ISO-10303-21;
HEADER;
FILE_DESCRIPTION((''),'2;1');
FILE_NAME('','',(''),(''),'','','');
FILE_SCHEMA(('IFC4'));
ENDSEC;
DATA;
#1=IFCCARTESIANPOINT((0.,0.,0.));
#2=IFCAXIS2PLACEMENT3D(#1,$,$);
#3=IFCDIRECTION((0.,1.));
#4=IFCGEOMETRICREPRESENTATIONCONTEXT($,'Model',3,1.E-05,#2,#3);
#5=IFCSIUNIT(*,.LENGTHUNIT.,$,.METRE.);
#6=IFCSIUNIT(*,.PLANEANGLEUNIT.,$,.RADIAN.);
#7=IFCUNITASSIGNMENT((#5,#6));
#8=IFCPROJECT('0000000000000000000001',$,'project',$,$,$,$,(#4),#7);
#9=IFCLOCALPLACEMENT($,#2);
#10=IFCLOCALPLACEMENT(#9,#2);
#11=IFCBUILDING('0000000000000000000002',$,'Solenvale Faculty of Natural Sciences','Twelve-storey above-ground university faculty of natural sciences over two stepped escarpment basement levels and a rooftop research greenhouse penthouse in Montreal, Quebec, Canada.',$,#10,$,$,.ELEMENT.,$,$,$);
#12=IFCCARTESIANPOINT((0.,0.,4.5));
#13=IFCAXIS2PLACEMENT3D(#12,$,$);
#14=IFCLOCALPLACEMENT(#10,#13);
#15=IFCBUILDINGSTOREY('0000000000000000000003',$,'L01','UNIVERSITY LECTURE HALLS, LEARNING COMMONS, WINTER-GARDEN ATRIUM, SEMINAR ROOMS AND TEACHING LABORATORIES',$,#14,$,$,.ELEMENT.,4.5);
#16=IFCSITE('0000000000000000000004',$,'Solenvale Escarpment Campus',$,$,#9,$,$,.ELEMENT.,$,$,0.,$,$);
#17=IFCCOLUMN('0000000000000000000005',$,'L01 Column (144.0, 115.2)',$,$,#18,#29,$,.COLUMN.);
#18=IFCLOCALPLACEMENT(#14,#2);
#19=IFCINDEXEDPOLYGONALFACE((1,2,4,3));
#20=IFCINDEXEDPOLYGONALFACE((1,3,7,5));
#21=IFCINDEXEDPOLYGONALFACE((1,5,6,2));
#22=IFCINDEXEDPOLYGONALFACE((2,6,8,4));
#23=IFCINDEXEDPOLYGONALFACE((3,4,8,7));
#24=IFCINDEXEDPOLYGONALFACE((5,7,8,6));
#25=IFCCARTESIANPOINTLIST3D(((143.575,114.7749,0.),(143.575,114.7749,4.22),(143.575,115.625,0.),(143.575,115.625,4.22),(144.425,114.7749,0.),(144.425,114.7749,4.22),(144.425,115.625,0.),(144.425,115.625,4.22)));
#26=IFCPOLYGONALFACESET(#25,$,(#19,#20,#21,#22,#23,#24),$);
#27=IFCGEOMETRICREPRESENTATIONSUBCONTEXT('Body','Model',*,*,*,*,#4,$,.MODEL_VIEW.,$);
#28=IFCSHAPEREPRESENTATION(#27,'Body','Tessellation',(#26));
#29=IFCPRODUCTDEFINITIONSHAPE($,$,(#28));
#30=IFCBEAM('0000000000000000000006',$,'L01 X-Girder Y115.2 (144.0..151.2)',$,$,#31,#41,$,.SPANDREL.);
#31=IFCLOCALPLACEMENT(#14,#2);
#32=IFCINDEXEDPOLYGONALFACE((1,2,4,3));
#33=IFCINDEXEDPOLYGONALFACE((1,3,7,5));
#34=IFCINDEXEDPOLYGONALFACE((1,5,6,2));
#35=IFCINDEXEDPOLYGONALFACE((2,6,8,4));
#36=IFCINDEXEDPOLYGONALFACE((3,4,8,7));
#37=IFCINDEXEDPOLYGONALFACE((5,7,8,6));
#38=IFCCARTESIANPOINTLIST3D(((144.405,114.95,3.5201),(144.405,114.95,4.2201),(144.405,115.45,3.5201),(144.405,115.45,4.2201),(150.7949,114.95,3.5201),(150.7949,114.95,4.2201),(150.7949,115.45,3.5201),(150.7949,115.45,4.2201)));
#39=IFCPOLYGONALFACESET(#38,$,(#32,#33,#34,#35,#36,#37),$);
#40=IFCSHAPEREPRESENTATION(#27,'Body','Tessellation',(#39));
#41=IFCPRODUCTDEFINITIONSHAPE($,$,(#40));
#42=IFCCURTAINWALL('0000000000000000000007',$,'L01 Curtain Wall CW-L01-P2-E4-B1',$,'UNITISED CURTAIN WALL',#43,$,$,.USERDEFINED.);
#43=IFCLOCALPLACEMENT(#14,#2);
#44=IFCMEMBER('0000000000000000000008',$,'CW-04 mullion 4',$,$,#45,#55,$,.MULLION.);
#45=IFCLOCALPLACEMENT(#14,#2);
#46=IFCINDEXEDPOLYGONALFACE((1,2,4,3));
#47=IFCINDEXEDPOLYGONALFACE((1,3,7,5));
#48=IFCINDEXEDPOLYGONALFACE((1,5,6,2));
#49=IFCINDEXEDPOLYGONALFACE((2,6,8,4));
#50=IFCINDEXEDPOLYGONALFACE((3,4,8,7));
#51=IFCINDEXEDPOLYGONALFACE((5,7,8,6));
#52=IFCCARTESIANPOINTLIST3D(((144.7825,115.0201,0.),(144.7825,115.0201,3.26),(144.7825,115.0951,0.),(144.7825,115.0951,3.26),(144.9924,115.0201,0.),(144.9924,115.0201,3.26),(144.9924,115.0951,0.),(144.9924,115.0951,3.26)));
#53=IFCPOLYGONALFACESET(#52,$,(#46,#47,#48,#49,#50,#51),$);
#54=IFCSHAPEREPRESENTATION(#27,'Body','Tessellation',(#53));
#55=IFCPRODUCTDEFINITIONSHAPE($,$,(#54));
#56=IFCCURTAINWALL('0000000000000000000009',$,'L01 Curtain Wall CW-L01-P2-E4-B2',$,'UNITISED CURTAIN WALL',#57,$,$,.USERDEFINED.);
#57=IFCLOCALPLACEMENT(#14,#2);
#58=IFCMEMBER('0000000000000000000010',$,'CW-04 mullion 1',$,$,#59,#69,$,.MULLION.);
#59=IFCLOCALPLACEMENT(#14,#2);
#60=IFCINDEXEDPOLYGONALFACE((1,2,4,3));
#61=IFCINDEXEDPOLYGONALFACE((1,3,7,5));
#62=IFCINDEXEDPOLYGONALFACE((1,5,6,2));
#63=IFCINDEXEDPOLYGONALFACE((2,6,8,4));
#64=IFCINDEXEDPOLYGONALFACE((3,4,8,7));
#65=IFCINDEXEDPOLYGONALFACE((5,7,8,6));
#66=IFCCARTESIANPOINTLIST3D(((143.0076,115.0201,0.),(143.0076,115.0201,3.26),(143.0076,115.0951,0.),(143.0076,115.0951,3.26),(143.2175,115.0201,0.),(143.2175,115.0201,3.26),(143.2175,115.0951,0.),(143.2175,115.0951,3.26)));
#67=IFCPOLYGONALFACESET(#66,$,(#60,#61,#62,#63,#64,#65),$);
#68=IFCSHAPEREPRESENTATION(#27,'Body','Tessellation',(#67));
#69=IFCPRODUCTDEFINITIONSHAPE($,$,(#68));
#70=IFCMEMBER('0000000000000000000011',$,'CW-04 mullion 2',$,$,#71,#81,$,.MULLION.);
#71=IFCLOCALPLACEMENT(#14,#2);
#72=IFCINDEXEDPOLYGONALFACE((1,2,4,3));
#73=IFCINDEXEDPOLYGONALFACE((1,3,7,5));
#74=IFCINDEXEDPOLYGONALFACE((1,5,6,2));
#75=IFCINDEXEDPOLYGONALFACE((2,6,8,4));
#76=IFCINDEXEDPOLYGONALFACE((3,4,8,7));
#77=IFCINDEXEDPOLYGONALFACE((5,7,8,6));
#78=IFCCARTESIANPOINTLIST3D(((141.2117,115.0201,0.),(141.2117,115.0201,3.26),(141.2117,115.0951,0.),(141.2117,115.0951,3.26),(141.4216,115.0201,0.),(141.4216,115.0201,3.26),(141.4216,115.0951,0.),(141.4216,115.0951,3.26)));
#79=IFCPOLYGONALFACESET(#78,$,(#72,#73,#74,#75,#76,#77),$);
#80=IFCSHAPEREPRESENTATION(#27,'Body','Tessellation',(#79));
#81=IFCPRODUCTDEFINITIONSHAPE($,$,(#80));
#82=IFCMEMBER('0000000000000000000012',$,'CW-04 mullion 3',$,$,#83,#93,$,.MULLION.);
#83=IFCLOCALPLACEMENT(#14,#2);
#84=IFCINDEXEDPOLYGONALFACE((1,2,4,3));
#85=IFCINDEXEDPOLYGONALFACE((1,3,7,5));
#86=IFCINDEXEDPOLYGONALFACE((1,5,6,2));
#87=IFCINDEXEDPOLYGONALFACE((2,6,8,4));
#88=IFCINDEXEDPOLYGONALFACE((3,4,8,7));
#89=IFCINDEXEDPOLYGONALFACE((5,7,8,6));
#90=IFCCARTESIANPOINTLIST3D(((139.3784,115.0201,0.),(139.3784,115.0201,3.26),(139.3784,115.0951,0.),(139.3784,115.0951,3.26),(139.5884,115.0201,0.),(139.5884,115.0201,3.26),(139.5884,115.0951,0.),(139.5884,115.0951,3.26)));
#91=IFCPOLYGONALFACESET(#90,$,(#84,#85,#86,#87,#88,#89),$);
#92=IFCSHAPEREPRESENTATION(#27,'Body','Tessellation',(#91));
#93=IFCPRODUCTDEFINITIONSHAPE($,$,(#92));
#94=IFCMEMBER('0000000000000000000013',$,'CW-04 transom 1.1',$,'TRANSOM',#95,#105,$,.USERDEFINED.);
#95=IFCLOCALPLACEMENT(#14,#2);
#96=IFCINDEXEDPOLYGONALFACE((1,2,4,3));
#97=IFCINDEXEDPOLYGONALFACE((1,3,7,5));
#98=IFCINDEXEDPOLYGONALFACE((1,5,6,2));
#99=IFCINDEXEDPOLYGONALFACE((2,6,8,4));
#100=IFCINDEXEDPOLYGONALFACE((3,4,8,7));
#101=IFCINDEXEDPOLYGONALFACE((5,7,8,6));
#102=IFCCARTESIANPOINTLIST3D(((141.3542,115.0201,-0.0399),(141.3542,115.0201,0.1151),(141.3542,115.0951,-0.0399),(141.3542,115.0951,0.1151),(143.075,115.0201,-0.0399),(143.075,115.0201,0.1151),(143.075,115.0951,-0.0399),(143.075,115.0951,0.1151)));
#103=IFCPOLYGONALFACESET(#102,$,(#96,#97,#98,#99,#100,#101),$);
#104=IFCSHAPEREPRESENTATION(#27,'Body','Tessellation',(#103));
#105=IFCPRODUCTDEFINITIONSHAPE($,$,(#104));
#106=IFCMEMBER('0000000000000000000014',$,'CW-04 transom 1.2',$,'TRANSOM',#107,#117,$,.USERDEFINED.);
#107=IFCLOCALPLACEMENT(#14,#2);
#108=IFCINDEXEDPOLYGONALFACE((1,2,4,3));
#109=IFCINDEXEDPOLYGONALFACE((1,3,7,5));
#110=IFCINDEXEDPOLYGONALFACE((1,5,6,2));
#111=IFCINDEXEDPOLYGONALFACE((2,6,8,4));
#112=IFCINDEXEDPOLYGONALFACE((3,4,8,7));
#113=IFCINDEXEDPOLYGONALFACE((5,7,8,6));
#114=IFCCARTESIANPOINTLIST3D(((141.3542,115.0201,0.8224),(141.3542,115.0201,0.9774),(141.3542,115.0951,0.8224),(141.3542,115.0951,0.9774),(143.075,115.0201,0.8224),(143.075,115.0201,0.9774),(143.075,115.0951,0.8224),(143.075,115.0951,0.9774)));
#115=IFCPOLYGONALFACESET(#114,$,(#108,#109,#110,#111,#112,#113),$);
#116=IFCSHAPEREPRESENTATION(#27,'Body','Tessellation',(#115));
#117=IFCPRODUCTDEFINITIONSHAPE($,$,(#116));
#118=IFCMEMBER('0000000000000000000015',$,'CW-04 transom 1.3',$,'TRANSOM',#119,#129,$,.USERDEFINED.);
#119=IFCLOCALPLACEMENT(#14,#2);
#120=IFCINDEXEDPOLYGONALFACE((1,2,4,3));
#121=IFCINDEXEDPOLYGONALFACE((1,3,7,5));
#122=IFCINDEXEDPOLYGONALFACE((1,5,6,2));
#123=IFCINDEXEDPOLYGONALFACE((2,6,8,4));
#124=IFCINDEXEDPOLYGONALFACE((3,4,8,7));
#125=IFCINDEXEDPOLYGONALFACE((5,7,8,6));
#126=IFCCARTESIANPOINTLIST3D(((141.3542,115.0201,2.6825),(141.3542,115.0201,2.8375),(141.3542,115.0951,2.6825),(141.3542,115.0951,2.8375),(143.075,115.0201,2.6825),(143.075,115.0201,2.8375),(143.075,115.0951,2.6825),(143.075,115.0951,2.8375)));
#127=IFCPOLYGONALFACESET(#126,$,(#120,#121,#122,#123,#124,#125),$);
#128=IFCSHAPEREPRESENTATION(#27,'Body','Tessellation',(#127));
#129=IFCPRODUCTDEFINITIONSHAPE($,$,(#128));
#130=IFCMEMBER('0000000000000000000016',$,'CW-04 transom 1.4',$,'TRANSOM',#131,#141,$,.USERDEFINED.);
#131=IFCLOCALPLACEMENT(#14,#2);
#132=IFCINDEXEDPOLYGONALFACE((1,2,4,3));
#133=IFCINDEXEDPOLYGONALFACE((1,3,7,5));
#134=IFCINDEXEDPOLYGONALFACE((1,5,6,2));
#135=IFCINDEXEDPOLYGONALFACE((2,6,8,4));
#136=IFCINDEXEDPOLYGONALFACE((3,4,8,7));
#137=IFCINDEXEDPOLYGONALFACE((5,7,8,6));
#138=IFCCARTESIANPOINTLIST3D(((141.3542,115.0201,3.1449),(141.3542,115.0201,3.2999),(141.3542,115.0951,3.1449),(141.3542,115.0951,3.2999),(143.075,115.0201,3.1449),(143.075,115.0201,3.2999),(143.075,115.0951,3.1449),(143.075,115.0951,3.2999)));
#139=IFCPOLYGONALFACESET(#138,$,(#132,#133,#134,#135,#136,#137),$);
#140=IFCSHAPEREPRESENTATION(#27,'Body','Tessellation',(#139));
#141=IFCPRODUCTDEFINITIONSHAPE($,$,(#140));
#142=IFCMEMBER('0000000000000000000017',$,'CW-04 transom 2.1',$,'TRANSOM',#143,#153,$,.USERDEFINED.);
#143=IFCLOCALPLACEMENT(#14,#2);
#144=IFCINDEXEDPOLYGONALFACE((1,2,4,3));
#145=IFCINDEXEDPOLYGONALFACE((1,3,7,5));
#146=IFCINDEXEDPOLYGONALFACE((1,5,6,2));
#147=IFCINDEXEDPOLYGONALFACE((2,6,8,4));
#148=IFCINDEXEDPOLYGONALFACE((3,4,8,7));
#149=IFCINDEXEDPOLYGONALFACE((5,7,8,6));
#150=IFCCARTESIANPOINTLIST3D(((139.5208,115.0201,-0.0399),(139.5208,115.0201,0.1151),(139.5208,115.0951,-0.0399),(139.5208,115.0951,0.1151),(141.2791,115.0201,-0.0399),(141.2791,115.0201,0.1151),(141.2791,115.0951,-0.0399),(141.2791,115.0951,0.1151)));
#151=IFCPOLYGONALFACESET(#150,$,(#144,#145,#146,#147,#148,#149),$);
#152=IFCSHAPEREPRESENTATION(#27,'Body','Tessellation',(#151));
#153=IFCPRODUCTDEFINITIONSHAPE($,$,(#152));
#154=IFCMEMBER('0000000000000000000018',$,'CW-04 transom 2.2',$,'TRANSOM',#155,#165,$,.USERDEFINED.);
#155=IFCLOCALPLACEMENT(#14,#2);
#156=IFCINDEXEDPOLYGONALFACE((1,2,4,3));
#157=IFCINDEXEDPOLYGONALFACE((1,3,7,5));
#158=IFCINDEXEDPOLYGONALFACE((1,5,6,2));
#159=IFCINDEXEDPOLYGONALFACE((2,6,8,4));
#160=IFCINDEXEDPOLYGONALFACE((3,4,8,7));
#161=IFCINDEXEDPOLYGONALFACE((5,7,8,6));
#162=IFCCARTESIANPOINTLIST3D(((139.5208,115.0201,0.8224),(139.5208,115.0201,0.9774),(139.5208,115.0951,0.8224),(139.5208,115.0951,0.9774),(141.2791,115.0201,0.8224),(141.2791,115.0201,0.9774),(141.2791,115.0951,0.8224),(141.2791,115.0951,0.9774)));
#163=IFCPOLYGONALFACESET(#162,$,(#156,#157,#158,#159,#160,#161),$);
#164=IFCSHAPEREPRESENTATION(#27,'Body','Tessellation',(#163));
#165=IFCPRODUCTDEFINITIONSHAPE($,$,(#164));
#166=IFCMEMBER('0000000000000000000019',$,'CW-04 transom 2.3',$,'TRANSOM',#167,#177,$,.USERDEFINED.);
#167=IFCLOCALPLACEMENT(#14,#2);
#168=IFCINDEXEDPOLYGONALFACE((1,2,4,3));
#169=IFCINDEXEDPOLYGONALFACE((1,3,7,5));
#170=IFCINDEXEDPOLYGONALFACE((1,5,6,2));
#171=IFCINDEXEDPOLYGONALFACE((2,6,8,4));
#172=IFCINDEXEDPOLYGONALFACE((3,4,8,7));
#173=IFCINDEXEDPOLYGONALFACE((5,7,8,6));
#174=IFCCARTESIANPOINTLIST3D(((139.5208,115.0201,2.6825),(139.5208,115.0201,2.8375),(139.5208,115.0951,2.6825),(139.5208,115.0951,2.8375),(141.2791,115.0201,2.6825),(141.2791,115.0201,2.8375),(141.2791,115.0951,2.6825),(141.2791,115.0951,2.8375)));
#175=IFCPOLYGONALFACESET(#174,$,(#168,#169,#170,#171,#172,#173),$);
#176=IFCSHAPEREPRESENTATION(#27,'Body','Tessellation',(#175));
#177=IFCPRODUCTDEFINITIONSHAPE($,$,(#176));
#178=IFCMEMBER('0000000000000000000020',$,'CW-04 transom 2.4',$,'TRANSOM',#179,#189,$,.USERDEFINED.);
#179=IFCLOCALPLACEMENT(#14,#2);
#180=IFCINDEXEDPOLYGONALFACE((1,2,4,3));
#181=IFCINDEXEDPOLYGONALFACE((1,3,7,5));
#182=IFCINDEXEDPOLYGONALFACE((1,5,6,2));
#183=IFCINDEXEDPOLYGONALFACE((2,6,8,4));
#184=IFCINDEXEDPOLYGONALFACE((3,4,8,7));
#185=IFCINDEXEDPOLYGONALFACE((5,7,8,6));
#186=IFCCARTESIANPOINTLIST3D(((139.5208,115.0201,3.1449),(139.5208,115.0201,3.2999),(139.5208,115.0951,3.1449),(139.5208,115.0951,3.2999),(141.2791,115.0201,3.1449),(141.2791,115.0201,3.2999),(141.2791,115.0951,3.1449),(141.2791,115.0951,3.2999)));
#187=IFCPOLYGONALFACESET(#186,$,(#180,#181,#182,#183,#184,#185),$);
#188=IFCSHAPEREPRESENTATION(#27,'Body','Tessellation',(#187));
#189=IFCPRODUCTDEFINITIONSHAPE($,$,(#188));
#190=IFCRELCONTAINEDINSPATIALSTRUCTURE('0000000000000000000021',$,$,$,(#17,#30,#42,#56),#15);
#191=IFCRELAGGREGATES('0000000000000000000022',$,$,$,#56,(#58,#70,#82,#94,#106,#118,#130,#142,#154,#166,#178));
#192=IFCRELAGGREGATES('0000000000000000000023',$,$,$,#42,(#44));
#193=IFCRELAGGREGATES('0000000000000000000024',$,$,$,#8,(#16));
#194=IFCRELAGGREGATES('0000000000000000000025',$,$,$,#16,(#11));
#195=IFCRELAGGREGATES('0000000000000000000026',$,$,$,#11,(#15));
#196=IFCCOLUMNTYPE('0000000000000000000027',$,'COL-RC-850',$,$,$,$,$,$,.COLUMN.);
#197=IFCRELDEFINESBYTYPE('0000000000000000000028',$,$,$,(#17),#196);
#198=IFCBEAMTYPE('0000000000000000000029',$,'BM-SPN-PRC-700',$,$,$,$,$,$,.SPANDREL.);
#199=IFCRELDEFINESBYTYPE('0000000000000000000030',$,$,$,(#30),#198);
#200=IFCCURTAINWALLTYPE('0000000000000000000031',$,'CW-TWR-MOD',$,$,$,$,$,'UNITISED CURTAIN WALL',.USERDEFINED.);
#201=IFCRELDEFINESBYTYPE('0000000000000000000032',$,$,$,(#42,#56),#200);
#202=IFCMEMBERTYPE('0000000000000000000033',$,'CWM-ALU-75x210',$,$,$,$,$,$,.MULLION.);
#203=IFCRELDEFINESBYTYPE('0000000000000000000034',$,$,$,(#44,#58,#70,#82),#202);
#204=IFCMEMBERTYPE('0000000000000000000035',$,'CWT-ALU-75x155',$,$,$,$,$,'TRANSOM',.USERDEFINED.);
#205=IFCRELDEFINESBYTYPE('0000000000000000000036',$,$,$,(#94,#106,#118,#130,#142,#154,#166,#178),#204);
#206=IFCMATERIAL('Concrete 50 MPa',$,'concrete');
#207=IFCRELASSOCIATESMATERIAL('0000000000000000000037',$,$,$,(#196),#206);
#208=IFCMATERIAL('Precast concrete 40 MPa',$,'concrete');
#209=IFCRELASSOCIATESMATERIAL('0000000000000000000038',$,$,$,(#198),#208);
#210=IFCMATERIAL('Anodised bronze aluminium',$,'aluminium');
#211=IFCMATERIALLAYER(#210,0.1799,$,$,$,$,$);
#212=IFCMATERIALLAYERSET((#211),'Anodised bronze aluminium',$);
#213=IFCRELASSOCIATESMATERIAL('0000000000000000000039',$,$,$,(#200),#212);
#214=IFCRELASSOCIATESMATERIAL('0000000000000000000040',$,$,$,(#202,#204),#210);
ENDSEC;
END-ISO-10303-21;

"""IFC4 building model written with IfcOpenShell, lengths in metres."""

from ifc_helpers import new_model, si_unit, direction, frame, origin, origin_2d, place, context, subcontext, project, spatial, rectangle, extrude, material, layer, layer_set, material_profile, profile_set, type_object, element, aggregate, save


model = new_model("IFC4")

# Units and contexts
model_context = context("Model", 3, precision=1e-05, world=origin(), true_north=direction((0.0, 1.0)))
body_context = subcontext(model_context, "Body", "Model", "MODEL_VIEW")
ifc_project = project(units=[si_unit("LENGTHUNIT", "METRE"), si_unit("PLANEANGLEUNIT", "RADIAN")], contexts=[model_context])

# Site, building, storey
site_placement = place(None, origin())
site = spatial("IfcSite", under=ifc_project, at=site_placement, Name="Solenvale Escarpment Campus", CompositionType="ELEMENT", RefElevation=0.0)
building_placement = place(site_placement, origin())
building = spatial("IfcBuilding", under=site, at=building_placement, Name="Solenvale Faculty of Natural Sciences", Description="Twelve-storey above-ground university faculty of natural sciences over two stepped escarpment basement levels and a rooftop research greenhouse penthouse in Montreal, Quebec, Canada.", CompositionType="ELEMENT")
storey_placement = place(building_placement, frame((0.0, 0.0, 4.5)))
storey = spatial("IfcBuildingStorey", under=building, at=storey_placement, Name="L01", Description="UNIVERSITY LECTURE HALLS, LEARNING COMMONS, WINTER-GARDEN ATRIUM, SEMINAR ROOMS AND TEACHING LABORATORIES", CompositionType="ELEMENT", Elevation=4.5)

# Column
ifc_material_1 = material(Name="Concrete 50 MPa", Category="concrete")
ifc_material_profile_1 = material_profile(ifc_material_1, rectangle(XDim=0.8501, YDim=0.8501, at=origin_2d()), Name="RC-COL-850x850")
ifc_profile_set_1 = profile_set([ifc_material_profile_1], Name="Concrete 50 MPa")
column_type = type_object("IfcColumnType", Name="COL-RC-850", PredefinedType="COLUMN", material=ifc_profile_set_1)
column_placement = place(storey_placement, frame((144.0, 115.2, 0.0), z_axis=(0.0, 0.0, 1.0), x_axis=(1.0, 0.0, 0.0)))
element("IfcColumn", 1, at=column_placement, inside=storey, type_object=column_type, Name="L01 Column (144.0, 115.2)", PredefinedType="COLUMN", context=body_context, shape_type="SweptSolid", body=[
    extrude(rectangle(XDim=0.8501, YDim=0.8501, at=origin_2d()), origin(), (0.0, 0.0, 1.0), 4.22),
])

# Beam
ifc_material_2 = material(Name="Precast concrete 40 MPa", Category="concrete")
ifc_material_profile_2 = material_profile(ifc_material_2, rectangle(XDim=0.5, YDim=0.7, at=origin_2d()), Name="RC-BM-500x700")
ifc_profile_set_2 = profile_set([ifc_material_profile_2], Name="Precast concrete 40 MPa")
beam_type = type_object("IfcBeamType", Name="BM-SPN-PRC-700", PredefinedType="SPANDREL", material=ifc_profile_set_2)
beam_placement = place(storey_placement, frame((144.405, 115.2, 3.8701), z_axis=(1.0, 0.0, 0.0), x_axis=(0.0, 1.0, 0.0)))
element("IfcBeam", 2, at=beam_placement, inside=storey, type_object=beam_type, Name="L01 X-Girder Y115.2 (144.0..151.2)", PredefinedType="SPANDREL", context=body_context, shape_type="SweptSolid", body=[
    extrude(rectangle(XDim=0.5, YDim=0.7, at=origin_2d()), origin(), (0.0, 0.0, 1.0), 6.3899),
])

# Curtain wall, member
ifc_material_3 = material(Name="Anodised bronze aluminium", Category="aluminium")
ifc_layer_1 = layer(ifc_material_3, 0.1799)
ifc_layer_set_1 = layer_set([ifc_layer_1], Name="Anodised bronze aluminium")
curtain_wall_type = type_object("IfcCurtainWallType", Name="CW-TWR-MOD", ElementType="UNITISED CURTAIN WALL", PredefinedType="USERDEFINED", material=ifc_layer_set_1)
curtain_wall_1_placement = place(storey_placement, origin())
curtain_wall_1 = element("IfcCurtainWall", 3, at=curtain_wall_1_placement, inside=storey, type_object=curtain_wall_type, Name="L01 Curtain Wall CW-L01-P2-E4-B1", ObjectType="UNITISED CURTAIN WALL", PredefinedType="USERDEFINED")
ifc_material_profile_3 = material_profile(ifc_material_3, rectangle(XDim=0.075, YDim=0.21, at=origin_2d()), Name="ALU-MUL-75x210")
ifc_profile_set_3 = profile_set([ifc_material_profile_3], Name="Anodised bronze aluminium")
member_type_1 = type_object("IfcMemberType", Name="CWM-ALU-75x210", PredefinedType="MULLION", material=ifc_profile_set_3)
member_1_placement = place(storey_placement, frame((144.8875, 115.0576, 0.0), z_axis=(0.0, 0.0, 1.0), x_axis=(0.0, -1.0, 0.0)))
member_1 = element("IfcMember", 4, at=member_1_placement, type_object=member_type_1, Name="CW-04 mullion 4", PredefinedType="MULLION", context=body_context, shape_type="SweptSolid", body=[
    extrude(rectangle(XDim=0.075, YDim=0.21, at=origin_2d()), origin(), (0.0, 0.0, 1.0), 3.26),
])

# Curtain wall, members
curtain_wall_2_placement = place(storey_placement, origin())
curtain_wall_2 = element("IfcCurtainWall", 5, at=curtain_wall_2_placement, inside=storey, type_object=curtain_wall_type, Name="L01 Curtain Wall CW-L01-P2-E4-B2", ObjectType="UNITISED CURTAIN WALL", PredefinedType="USERDEFINED")
member_2_placement = place(storey_placement, frame((143.1125, 115.0576, 0.0), z_axis=(0.0, 0.0, 1.0), x_axis=(0.0, -1.0, 0.0)))
member_2 = element("IfcMember", 6, at=member_2_placement, type_object=member_type_1, Name="CW-04 mullion 1", PredefinedType="MULLION", context=body_context, shape_type="SweptSolid", body=[
    extrude(rectangle(XDim=0.075, YDim=0.21, at=origin_2d()), origin(), (0.0, 0.0, 1.0), 3.26),
])
member_3_placement = place(storey_placement, frame((141.3167, 115.0576, 0.0), z_axis=(0.0, 0.0, 1.0), x_axis=(0.0, -1.0, 0.0)))
member_3 = element("IfcMember", 7, at=member_3_placement, type_object=member_type_1, Name="CW-04 mullion 2", PredefinedType="MULLION", context=body_context, shape_type="SweptSolid", body=[
    extrude(rectangle(XDim=0.075, YDim=0.21, at=origin_2d()), origin(), (0.0, 0.0, 1.0), 3.26),
])
member_4_placement = place(storey_placement, frame((139.4834, 115.0576, 0.0), z_axis=(0.0, 0.0, 1.0), x_axis=(0.0, -1.0, 0.0)))
member_4 = element("IfcMember", 8, at=member_4_placement, type_object=member_type_1, Name="CW-04 mullion 3", PredefinedType="MULLION", context=body_context, shape_type="SweptSolid", body=[
    extrude(rectangle(XDim=0.075, YDim=0.21, at=origin_2d()), origin(), (0.0, 0.0, 1.0), 3.26),
])
ifc_material_profile_4 = material_profile(ifc_material_3, rectangle(XDim=0.075, YDim=0.155, at=origin_2d()), Name="ALU-TRN-75x155")
ifc_profile_set_4 = profile_set([ifc_material_profile_4], Name="Anodised bronze aluminium")
member_type_2 = type_object("IfcMemberType", Name="CWT-ALU-75x155", ElementType="TRANSOM", PredefinedType="USERDEFINED", material=ifc_profile_set_4)
member_5_placement = place(storey_placement, frame((143.075, 115.0576, 0.0376), z_axis=(-1.0, 0.0, 0.0), x_axis=(0.0, -1.0, 0.0)))
member_5 = element("IfcMember", 9, at=member_5_placement, type_object=member_type_2, Name="CW-04 transom 1.1", ObjectType="TRANSOM", PredefinedType="USERDEFINED", context=body_context, shape_type="SweptSolid", body=[
    extrude(rectangle(XDim=0.075, YDim=0.155, at=origin_2d()), origin(), (0.0, 0.0, 1.0), 1.7207),
])
member_6_placement = place(storey_placement, frame((143.075, 115.0576, 0.8999), z_axis=(-1.0, 0.0, 0.0), x_axis=(0.0, -1.0, 0.0)))
member_6 = element("IfcMember", 10, at=member_6_placement, type_object=member_type_2, Name="CW-04 transom 1.2", ObjectType="TRANSOM", PredefinedType="USERDEFINED", context=body_context, shape_type="SweptSolid", body=[
    extrude(rectangle(XDim=0.075, YDim=0.155, at=origin_2d()), origin(), (0.0, 0.0, 1.0), 1.7207),
])
member_7_placement = place(storey_placement, frame((143.075, 115.0576, 2.76), z_axis=(-1.0, 0.0, 0.0), x_axis=(0.0, -1.0, 0.0)))
member_7 = element("IfcMember", 11, at=member_7_placement, type_object=member_type_2, Name="CW-04 transom 1.3", ObjectType="TRANSOM", PredefinedType="USERDEFINED", context=body_context, shape_type="SweptSolid", body=[
    extrude(rectangle(XDim=0.075, YDim=0.155, at=origin_2d()), origin(), (0.0, 0.0, 1.0), 1.7207),
])
member_8_placement = place(storey_placement, frame((143.075, 115.0576, 3.2224), z_axis=(-1.0, 0.0, 0.0), x_axis=(0.0, -1.0, 0.0)))
member_8 = element("IfcMember", 12, at=member_8_placement, type_object=member_type_2, Name="CW-04 transom 1.4", ObjectType="TRANSOM", PredefinedType="USERDEFINED", context=body_context, shape_type="SweptSolid", body=[
    extrude(rectangle(XDim=0.075, YDim=0.155, at=origin_2d()), origin(), (0.0, 0.0, 1.0), 1.7207),
])
member_9_placement = place(storey_placement, frame((141.2791, 115.0576, 0.0376), z_axis=(-1.0, 0.0, 0.0), x_axis=(0.0, -1.0, 0.0)))
member_9 = element("IfcMember", 13, at=member_9_placement, type_object=member_type_2, Name="CW-04 transom 2.1", ObjectType="TRANSOM", PredefinedType="USERDEFINED", context=body_context, shape_type="SweptSolid", body=[
    extrude(rectangle(XDim=0.075, YDim=0.155, at=origin_2d()), origin(), (0.0, 0.0, 1.0), 1.7583),
])
member_10_placement = place(storey_placement, frame((141.2791, 115.0576, 0.8999), z_axis=(-1.0, 0.0, 0.0), x_axis=(0.0, -1.0, 0.0)))
member_10 = element("IfcMember", 14, at=member_10_placement, type_object=member_type_2, Name="CW-04 transom 2.2", ObjectType="TRANSOM", PredefinedType="USERDEFINED", context=body_context, shape_type="SweptSolid", body=[
    extrude(rectangle(XDim=0.075, YDim=0.155, at=origin_2d()), origin(), (0.0, 0.0, 1.0), 1.7583),
])
member_11_placement = place(storey_placement, frame((141.2791, 115.0576, 2.76), z_axis=(-1.0, 0.0, 0.0), x_axis=(0.0, -1.0, 0.0)))
member_11 = element("IfcMember", 15, at=member_11_placement, type_object=member_type_2, Name="CW-04 transom 2.3", ObjectType="TRANSOM", PredefinedType="USERDEFINED", context=body_context, shape_type="SweptSolid", body=[
    extrude(rectangle(XDim=0.075, YDim=0.155, at=origin_2d()), origin(), (0.0, 0.0, 1.0), 1.7583),
])
member_12_placement = place(storey_placement, frame((141.2791, 115.0576, 3.2224), z_axis=(-1.0, 0.0, 0.0), x_axis=(0.0, -1.0, 0.0)))
member_12 = element("IfcMember", 16, at=member_12_placement, type_object=member_type_2, Name="CW-04 transom 2.4", ObjectType="TRANSOM", PredefinedType="USERDEFINED", context=body_context, shape_type="SweptSolid", body=[
    extrude(rectangle(XDim=0.075, YDim=0.155, at=origin_2d()), origin(), (0.0, 0.0, 1.0), 1.7583),
])
aggregate(curtain_wall_2, [member_2, member_3, member_4, member_5, member_6, member_7, member_8, member_9, member_10, member_11, member_12])

aggregate(curtain_wall_1, [member_1])

save(model, "model.ifc")
